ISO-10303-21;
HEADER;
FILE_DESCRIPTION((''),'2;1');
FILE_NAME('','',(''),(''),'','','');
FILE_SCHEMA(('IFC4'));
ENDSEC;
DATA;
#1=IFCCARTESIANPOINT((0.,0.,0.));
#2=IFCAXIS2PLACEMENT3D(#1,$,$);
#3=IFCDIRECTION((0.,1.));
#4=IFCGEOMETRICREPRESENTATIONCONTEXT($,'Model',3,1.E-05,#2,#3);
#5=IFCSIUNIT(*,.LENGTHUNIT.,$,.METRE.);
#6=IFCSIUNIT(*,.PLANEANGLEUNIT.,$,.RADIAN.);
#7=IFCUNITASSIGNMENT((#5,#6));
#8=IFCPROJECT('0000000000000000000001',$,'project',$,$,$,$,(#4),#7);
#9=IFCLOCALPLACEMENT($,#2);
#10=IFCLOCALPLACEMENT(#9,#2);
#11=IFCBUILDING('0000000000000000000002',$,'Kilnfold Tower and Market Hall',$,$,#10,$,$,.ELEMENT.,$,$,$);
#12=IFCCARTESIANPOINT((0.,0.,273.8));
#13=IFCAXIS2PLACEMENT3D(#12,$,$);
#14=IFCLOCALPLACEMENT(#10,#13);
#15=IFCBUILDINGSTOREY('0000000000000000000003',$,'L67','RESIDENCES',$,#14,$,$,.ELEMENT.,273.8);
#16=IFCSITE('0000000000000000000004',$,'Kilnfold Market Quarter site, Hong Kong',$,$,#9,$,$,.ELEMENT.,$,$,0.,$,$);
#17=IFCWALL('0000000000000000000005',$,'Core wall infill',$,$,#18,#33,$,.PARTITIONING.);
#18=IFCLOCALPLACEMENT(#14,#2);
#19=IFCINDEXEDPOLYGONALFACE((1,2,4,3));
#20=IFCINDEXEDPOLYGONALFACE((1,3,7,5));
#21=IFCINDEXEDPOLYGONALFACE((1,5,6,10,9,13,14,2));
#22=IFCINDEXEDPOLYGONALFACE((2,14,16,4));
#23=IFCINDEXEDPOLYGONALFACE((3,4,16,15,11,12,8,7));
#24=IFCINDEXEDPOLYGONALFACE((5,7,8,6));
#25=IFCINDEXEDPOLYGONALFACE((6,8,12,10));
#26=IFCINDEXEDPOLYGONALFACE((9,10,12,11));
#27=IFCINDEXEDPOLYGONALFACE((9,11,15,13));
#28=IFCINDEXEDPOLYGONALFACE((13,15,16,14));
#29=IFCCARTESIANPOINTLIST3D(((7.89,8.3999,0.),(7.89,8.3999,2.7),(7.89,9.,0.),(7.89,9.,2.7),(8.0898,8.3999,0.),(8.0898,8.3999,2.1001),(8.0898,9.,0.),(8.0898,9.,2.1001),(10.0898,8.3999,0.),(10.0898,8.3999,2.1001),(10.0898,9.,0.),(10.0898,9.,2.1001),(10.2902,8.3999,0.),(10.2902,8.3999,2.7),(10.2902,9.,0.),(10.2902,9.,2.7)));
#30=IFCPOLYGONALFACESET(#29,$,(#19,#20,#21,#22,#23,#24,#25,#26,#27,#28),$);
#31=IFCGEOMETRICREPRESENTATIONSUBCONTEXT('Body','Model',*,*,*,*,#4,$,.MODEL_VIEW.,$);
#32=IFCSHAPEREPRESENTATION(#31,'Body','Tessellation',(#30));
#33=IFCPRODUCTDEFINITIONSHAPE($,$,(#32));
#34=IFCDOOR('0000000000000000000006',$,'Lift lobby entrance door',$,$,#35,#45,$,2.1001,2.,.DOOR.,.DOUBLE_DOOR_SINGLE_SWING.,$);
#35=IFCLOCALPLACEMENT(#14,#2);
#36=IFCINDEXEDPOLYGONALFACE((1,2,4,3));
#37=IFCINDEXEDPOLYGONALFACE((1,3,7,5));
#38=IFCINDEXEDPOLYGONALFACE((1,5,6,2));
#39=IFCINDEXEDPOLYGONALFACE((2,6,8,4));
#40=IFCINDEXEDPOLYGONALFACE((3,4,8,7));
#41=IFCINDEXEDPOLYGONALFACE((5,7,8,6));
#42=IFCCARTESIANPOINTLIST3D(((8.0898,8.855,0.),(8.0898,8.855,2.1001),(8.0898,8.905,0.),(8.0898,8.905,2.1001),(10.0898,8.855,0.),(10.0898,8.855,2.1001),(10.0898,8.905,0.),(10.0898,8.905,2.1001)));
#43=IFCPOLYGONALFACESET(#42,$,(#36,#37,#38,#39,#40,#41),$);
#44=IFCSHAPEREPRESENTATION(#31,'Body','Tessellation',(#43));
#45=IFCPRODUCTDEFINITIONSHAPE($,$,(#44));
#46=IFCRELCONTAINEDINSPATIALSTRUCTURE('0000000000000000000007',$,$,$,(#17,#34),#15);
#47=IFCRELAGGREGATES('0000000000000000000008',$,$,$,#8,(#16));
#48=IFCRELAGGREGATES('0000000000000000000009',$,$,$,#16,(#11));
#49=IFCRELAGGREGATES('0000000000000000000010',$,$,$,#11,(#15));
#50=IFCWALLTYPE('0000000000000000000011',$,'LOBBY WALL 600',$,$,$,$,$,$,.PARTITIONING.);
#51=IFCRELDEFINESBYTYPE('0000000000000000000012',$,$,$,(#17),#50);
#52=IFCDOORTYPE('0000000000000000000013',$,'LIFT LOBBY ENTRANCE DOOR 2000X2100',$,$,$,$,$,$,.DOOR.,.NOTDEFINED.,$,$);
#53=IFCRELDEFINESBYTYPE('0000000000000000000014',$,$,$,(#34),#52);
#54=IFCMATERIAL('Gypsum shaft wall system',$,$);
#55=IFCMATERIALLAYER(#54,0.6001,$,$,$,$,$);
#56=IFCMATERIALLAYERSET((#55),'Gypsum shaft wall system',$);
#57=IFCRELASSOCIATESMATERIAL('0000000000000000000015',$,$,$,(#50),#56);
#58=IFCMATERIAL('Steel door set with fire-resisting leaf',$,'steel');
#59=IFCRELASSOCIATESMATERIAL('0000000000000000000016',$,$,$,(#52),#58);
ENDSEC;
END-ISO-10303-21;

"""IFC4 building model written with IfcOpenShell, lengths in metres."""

from ifc_helpers import new_model, si_unit, direction, frame, frame_2d, origin, place, context, subcontext, project, spatial, rectangle, extrude, source, transform, mapped, material, layer, layer_set, type_object, element, fill, save


model = new_model("IFC4")

# Units and contexts
model_context = context("Model", 3, precision=1e-05, world=origin(), true_north=direction((0.0, 1.0)))
body_context = subcontext(model_context, "Body", "Model", "MODEL_VIEW")
ifc_project = project(units=[si_unit("LENGTHUNIT", "METRE"), si_unit("PLANEANGLEUNIT", "RADIAN")], contexts=[model_context])

# Site, building, storey
site_placement = place(None, origin())
site = spatial("IfcSite", under=ifc_project, at=site_placement, Name="Kilnfold Market Quarter site, Hong Kong", CompositionType="ELEMENT", RefElevation=0.0)
building_placement = place(site_placement, origin())
building = spatial("IfcBuilding", under=site, at=building_placement, Name="Kilnfold Tower and Market Hall", CompositionType="ELEMENT")
storey_placement = place(building_placement, frame((0.0, 0.0, 273.8)))
storey = spatial("IfcBuildingStorey", under=building, at=storey_placement, Name="L67", Description="RESIDENCES", CompositionType="ELEMENT", Elevation=273.8)

# Wall, opening, door
ifc_material_1 = material(Name="Gypsum shaft wall system")
ifc_layer_1 = layer(ifc_material_1, 0.6001)
ifc_layer_set_1 = layer_set([ifc_layer_1], Name="Gypsum shaft wall system")
wall_type_1 = type_object("IfcWallType", Name="LOBBY WALL 600", PredefinedType="PARTITIONING", material=ifc_layer_set_1)
shared_shape_1 = source(origin(), body_context, "Body", "SweptSolid", [
    extrude(rectangle(XDim=2.4001, YDim=0.6001, at=frame_2d((1.2002, 0.0))), origin(), (0.0, 0.0, 1.0), 2.7),
])
wall_1_placement = place(storey_placement, frame((7.8899, 8.7, 0.0), z_axis=(0.0, 0.0, 1.0), x_axis=(1.0, 0.0, 0.0)))
wall_1 = element("IfcWall", 1, at=wall_1_placement, inside=storey, type_object=wall_type_1, Name="Core wall infill", PredefinedType="PARTITIONING", context=body_context, shape_type="MappedRepresentation", body=[
    mapped(shared_shape_1, transform((0.0, 0.0, 0.0))),
])
opening_1_placement = place(wall_1_placement, frame((0.2, 0.0, 0.0)))
opening_1 = element("IfcOpeningElement", 2, at=opening_1_placement, cuts=wall_1, PredefinedType="OPENING", context=body_context, shape_type="SweptSolid", body=[
    extrude(rectangle(XDim=2.0, YDim=2.1001, at=frame_2d((1.0, 1.05))), frame((0.0, 0.3101, 0.0), z_axis=(0.0, -1.0, 0.0), x_axis=(1.0, 0.0, 0.0)), (0.0, 0.0, 1.0), 0.6201),
])
ifc_material_2 = material(Name="Steel door set with fire-resisting leaf", Category="steel")
door_type_1 = type_object("IfcDoorType", Name="LIFT LOBBY ENTRANCE DOOR 2000X2100", OperationType="NOTDEFINED", PredefinedType="DOOR", material=ifc_material_2)
door_1_placement = place(opening_1_placement, origin())
door_1 = element("IfcDoor", 3, at=door_1_placement, inside=storey, type_object=door_type_1, Name="Lift lobby entrance door", OperationType="DOUBLE_DOOR_SINGLE_SWING", OverallHeight=2.1001, OverallWidth=2.0, PredefinedType="DOOR", context=body_context, shape_type="SweptSolid", body=[
    extrude(rectangle(XDim=2.0, YDim=2.1001, at=frame_2d((1.0, 1.05))), frame((0.0, 0.2051, 0.0), z_axis=(0.0, -1.0, 0.0), x_axis=(1.0, 0.0, 0.0)), (0.0, 0.0, 1.0), 0.05),
])
fill(opening_1, door_1)

save(model, "model.ifc")
